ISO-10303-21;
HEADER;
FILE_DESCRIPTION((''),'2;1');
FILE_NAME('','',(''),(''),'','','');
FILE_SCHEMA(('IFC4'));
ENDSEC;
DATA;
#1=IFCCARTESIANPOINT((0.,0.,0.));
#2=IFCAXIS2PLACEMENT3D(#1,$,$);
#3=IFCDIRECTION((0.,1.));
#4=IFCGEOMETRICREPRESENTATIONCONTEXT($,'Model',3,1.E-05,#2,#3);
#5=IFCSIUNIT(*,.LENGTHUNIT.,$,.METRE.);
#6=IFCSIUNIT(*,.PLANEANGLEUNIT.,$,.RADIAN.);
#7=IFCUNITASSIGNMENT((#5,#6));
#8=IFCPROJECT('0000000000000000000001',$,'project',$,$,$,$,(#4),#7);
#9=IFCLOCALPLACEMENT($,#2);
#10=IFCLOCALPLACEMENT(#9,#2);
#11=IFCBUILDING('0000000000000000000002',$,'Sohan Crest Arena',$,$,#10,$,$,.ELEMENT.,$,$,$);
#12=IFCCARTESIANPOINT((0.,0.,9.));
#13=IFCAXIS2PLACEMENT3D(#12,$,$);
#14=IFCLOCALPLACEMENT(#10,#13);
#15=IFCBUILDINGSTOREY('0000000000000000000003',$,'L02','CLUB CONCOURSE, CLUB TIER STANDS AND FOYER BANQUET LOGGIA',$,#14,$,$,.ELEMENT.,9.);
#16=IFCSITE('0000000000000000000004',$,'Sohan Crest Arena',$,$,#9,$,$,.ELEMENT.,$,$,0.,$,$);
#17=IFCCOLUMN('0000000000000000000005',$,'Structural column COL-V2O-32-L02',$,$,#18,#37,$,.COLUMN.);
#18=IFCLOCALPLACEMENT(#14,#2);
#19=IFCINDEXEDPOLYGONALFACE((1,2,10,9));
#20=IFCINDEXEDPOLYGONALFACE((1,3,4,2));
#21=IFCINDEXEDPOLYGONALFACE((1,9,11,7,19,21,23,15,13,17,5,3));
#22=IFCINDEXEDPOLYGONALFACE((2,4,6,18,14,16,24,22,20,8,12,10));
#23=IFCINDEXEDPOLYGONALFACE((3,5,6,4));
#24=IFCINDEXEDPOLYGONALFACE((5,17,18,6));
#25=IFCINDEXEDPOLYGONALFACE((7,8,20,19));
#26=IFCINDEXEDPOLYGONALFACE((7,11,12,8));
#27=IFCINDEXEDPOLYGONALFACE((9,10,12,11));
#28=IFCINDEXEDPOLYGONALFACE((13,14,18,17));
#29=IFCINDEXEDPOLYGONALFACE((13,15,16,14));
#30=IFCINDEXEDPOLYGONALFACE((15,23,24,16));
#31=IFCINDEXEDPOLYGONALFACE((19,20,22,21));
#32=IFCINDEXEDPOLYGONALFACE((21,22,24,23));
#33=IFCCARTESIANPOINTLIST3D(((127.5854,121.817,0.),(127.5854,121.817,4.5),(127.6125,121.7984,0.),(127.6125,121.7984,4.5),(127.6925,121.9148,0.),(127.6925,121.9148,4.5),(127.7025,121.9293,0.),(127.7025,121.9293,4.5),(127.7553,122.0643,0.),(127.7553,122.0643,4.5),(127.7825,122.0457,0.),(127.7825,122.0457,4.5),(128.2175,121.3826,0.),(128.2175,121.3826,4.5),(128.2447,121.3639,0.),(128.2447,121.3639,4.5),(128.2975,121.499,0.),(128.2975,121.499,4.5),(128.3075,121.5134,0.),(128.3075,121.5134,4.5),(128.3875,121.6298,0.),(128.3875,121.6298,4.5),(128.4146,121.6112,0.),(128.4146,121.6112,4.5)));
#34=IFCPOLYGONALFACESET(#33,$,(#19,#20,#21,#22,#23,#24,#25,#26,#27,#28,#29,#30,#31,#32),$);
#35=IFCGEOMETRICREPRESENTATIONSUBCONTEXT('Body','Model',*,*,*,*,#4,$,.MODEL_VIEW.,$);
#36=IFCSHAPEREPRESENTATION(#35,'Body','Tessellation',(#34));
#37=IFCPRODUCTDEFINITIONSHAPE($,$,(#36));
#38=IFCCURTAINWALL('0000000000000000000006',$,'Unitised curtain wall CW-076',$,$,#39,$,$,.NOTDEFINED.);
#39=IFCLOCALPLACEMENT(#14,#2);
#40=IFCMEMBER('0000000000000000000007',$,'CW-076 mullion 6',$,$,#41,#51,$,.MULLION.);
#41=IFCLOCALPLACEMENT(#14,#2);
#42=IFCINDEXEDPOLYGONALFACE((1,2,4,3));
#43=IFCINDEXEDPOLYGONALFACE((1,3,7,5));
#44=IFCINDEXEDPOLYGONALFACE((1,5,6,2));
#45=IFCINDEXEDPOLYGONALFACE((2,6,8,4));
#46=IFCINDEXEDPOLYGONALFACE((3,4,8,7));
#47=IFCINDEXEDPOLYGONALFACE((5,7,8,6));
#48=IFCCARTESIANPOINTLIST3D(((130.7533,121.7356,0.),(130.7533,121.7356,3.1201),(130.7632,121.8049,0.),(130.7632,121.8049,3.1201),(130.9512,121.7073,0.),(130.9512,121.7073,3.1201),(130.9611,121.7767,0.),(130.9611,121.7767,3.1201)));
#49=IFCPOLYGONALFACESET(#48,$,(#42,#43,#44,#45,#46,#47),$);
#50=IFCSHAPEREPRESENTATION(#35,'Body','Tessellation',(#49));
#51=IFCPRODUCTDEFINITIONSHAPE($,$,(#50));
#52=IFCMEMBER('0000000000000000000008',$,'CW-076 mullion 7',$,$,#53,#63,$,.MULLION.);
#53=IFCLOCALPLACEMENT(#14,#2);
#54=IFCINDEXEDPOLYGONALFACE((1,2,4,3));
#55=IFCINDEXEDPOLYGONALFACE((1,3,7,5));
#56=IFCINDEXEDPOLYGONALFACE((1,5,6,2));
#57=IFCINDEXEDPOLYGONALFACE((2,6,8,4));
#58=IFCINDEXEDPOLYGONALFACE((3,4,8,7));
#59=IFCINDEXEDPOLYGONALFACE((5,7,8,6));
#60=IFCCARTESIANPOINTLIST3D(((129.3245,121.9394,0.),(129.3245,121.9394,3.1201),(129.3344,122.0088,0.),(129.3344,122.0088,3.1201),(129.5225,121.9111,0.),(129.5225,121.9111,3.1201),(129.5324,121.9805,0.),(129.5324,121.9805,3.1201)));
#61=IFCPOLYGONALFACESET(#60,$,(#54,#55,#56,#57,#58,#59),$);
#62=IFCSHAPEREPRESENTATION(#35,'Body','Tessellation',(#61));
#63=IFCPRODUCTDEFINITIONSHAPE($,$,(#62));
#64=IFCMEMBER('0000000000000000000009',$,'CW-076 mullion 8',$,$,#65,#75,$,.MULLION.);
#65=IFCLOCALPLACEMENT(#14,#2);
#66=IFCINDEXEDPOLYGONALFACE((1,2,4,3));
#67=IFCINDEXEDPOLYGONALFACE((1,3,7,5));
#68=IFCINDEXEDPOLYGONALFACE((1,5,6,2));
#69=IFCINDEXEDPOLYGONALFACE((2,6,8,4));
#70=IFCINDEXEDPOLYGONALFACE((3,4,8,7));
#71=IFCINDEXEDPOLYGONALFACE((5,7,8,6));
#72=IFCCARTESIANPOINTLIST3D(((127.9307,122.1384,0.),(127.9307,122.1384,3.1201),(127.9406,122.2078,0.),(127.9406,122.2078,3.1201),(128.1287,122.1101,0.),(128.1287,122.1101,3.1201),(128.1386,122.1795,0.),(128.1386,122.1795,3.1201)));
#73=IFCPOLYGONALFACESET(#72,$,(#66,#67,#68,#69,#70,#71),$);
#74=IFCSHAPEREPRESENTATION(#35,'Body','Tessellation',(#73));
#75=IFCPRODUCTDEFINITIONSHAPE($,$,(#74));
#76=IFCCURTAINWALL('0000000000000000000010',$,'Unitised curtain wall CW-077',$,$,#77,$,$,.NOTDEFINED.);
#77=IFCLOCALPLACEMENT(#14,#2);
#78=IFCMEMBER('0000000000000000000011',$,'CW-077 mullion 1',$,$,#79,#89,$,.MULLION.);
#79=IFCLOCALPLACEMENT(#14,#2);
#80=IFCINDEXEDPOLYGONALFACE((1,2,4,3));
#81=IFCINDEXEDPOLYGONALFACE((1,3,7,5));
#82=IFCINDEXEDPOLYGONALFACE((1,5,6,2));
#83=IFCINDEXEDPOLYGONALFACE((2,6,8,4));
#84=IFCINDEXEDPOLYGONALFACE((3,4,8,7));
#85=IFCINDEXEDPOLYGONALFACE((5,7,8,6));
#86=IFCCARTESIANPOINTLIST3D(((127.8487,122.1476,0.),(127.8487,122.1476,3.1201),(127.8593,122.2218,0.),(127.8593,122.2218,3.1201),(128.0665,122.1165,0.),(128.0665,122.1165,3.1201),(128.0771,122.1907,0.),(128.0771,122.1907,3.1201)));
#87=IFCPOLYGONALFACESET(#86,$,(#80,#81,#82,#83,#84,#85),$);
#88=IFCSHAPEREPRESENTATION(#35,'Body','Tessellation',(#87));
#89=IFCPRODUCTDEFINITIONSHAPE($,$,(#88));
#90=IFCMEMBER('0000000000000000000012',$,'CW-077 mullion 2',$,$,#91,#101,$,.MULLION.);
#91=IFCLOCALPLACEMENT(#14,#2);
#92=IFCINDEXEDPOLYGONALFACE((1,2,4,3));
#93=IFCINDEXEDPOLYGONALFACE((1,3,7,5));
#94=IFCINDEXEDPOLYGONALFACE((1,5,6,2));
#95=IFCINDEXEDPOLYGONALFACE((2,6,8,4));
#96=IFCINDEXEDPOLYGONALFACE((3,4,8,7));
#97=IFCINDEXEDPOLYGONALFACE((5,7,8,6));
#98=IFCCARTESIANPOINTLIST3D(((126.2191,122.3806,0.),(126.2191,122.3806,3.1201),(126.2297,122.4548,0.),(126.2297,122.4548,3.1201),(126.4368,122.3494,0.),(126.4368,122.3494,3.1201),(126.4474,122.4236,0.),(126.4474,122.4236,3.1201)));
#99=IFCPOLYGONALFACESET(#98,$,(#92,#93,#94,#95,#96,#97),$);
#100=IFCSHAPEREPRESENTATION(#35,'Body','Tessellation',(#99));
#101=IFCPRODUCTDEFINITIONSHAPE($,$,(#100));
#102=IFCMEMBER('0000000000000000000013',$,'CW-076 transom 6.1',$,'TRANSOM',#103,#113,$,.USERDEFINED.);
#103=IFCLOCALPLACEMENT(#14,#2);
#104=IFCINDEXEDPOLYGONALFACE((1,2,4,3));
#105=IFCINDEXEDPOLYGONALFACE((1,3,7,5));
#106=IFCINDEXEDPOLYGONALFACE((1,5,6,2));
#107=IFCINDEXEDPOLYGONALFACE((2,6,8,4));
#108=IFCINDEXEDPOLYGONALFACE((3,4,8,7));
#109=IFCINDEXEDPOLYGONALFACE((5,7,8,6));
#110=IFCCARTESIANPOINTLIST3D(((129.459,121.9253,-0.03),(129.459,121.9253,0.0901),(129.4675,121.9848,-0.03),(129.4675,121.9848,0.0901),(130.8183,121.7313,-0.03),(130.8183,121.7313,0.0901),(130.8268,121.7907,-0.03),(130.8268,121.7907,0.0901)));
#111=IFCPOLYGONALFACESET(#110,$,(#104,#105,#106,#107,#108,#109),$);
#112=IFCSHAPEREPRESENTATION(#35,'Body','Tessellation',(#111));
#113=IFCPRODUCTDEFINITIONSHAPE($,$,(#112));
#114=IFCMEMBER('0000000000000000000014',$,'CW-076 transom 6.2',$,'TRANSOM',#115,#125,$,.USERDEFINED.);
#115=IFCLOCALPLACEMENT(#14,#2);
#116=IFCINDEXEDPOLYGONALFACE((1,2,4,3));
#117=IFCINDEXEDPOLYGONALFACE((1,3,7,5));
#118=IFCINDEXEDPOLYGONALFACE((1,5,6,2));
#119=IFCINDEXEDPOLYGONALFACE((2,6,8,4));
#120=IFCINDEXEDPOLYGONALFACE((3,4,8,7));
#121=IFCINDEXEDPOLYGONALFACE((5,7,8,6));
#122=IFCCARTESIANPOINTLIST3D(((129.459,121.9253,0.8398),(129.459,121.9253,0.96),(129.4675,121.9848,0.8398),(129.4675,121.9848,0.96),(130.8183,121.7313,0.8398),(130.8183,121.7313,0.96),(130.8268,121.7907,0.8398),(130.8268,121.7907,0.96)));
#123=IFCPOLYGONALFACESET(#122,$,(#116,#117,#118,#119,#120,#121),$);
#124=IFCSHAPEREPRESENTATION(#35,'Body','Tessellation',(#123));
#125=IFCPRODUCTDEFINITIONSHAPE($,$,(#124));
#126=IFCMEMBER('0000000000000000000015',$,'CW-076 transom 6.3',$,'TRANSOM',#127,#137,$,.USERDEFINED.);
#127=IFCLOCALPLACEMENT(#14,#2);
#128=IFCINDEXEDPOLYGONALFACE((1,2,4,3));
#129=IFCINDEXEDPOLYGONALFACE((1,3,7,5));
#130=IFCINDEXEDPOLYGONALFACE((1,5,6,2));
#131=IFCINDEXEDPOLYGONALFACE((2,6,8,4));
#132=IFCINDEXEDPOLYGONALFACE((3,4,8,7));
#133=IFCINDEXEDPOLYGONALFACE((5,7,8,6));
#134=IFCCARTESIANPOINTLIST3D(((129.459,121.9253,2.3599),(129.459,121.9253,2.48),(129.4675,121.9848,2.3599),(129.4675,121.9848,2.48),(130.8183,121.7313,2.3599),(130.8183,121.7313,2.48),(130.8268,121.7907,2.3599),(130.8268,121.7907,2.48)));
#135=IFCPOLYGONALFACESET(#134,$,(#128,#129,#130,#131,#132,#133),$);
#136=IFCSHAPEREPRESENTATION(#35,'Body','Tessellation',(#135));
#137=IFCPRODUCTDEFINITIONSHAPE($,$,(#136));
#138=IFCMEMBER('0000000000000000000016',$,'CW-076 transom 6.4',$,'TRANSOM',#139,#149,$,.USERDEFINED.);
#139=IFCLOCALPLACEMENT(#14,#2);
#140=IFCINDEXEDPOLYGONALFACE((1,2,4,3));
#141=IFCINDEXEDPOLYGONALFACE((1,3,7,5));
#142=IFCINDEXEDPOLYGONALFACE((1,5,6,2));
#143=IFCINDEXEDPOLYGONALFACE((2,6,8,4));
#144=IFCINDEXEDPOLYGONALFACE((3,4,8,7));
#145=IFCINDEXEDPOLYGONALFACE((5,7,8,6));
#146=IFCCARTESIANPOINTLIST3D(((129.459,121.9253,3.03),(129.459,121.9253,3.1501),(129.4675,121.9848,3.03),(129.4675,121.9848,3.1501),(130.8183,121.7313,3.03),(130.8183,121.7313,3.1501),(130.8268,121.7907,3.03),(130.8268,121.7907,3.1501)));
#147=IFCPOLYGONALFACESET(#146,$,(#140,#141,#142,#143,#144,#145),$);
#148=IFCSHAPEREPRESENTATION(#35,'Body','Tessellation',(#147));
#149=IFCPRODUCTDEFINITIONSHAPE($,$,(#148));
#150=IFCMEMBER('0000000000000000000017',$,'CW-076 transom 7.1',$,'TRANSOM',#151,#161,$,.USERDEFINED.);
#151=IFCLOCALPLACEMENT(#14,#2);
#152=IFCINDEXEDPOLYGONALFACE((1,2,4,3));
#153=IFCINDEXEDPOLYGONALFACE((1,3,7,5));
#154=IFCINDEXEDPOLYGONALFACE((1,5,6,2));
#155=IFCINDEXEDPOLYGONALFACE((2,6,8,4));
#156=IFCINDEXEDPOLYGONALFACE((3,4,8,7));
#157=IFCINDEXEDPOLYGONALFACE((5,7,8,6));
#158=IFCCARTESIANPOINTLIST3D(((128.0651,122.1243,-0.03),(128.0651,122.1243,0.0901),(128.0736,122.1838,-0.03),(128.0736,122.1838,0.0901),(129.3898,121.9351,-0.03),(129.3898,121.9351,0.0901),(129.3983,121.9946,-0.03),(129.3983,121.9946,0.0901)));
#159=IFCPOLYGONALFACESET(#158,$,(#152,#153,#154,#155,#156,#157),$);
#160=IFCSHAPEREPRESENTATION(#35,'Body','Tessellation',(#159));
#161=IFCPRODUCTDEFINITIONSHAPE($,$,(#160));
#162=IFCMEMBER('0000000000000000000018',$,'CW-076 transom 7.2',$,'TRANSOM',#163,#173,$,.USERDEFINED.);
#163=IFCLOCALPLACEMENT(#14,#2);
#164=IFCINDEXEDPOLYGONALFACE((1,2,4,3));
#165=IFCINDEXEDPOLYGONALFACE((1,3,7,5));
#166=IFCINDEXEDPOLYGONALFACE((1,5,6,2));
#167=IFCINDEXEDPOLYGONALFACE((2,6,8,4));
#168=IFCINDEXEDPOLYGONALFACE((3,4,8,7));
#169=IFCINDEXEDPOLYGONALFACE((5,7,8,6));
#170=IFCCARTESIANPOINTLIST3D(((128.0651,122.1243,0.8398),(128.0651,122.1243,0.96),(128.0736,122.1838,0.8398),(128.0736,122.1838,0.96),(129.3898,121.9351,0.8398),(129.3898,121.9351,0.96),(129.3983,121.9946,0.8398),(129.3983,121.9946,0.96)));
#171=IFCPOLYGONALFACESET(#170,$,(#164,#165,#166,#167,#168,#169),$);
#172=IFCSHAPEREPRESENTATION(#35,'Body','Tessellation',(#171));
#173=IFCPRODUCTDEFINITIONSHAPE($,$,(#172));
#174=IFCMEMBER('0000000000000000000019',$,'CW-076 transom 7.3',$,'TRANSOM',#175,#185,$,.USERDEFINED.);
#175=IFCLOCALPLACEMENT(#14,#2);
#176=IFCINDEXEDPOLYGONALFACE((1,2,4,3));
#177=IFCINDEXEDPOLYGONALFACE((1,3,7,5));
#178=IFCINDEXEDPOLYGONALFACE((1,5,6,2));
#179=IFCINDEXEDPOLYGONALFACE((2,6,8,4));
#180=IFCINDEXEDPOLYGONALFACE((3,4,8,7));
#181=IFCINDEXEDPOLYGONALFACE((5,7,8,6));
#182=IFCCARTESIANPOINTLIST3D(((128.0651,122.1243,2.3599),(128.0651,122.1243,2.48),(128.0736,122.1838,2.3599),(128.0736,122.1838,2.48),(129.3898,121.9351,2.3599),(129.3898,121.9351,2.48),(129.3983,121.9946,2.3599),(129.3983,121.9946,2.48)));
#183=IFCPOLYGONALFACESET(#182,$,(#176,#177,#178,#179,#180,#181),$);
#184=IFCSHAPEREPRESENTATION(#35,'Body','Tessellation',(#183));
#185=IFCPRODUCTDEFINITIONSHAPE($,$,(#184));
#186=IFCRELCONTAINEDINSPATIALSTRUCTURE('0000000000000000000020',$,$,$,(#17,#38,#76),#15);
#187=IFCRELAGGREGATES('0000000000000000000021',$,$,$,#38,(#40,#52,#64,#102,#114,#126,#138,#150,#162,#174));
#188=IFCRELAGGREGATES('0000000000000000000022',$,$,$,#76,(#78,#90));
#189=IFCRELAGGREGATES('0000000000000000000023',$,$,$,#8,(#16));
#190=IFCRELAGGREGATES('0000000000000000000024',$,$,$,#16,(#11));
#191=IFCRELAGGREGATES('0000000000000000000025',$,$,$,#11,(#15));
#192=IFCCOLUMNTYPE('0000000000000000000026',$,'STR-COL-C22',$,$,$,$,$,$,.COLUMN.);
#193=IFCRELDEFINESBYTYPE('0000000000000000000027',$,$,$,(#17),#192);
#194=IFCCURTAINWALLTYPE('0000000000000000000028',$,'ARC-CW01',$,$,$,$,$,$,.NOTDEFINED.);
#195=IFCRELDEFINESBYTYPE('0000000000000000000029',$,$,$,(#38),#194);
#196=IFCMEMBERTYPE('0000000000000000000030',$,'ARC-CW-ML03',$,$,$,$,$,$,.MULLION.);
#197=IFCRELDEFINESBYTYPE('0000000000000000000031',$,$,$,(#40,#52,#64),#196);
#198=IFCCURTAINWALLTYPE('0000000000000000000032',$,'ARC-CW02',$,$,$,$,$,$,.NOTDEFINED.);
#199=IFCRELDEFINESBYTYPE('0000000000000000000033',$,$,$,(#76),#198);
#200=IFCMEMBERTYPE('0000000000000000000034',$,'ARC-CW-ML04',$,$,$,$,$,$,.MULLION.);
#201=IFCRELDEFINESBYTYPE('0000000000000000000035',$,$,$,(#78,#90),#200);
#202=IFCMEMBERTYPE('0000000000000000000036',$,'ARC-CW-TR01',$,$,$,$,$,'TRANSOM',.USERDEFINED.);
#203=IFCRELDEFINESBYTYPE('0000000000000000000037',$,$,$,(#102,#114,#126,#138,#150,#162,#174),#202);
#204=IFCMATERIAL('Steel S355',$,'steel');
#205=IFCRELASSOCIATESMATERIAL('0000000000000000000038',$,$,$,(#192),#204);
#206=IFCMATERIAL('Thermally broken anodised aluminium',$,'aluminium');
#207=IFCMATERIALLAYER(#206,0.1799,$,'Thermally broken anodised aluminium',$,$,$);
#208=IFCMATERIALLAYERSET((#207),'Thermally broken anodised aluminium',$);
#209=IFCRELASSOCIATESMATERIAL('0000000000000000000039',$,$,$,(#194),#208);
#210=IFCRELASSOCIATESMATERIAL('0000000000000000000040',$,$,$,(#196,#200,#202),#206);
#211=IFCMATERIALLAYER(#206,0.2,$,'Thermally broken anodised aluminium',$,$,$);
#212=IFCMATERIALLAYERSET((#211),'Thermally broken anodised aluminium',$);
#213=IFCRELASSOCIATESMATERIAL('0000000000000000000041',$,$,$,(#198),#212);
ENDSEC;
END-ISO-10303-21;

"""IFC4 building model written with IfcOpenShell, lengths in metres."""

from ifc_helpers import new_model, si_unit, direction, frame, origin, origin_2d, place, context, subcontext, project, spatial, rectangle, i_section, extrude, material, layer, layer_set, material_profile, profile_set, type_object, element, aggregate, save


model = new_model("IFC4")

# Units and contexts
model_context = context("Model", 3, precision=1e-05, world=origin(), true_north=direction((0.0, 1.0)))
body_context = subcontext(model_context, "Body", "Model", "MODEL_VIEW")
ifc_project = project(units=[si_unit("LENGTHUNIT", "METRE"), si_unit("PLANEANGLEUNIT", "RADIAN")], contexts=[model_context])

# Site, building, storey
site_placement = place(None, origin())
site = spatial("IfcSite", under=ifc_project, at=site_placement, Name="Sohan Crest Arena", CompositionType="ELEMENT", RefElevation=0.0)
building_placement = place(site_placement, origin())
building = spatial("IfcBuilding", under=site, at=building_placement, Name="Sohan Crest Arena", CompositionType="ELEMENT")
storey_placement = place(building_placement, frame((0.0, 0.0, 9.0)))
storey = spatial("IfcBuildingStorey", under=building, at=storey_placement, Name="L02", Description="CLUB CONCOURSE, CLUB TIER STANDS AND FOYER BANQUET LOGGIA", CompositionType="ELEMENT", Elevation=9.0)

# Column
ifc_material_1 = material(Name="Steel S355", Category="steel")
ifc_material_profile_1 = material_profile(ifc_material_1, i_section(OverallWidth=0.3, OverallDepth=0.8, WebThickness=0.0176, FlangeThickness=0.033, at=origin_2d()), Name="HEB 800")
ifc_profile_set_1 = profile_set([ifc_material_profile_1], Name="Steel S355")
column_type = type_object("IfcColumnType", Name="STR-COL-C22", PredefinedType="COLUMN", material=ifc_profile_set_1)
column_placement = place(storey_placement, frame((128.0, 121.7141, 0.0), z_axis=(0.0, 0.0, 1.0), x_axis=(0.566406, 0.824126, 0.0)))
element("IfcColumn", 1, at=column_placement, inside=storey, type_object=column_type, Name="Structural column COL-V2O-32-L02", PredefinedType="COLUMN", context=body_context, shape_type="SweptSolid", body=[
    extrude(i_section(OverallWidth=0.3, OverallDepth=0.8, WebThickness=0.0176, FlangeThickness=0.033, at=origin_2d()), origin(), (0.0, 0.0, 1.0), 4.5),
])

# Curtain walls, members
ifc_material_2 = material(Name="Thermally broken anodised aluminium", Category="aluminium")
ifc_layer_1 = layer(ifc_material_2, 0.1799, Name="Thermally broken anodised aluminium")
ifc_layer_set_1 = layer_set([ifc_layer_1], Name="Thermally broken anodised aluminium")
curtain_wall_type_1 = type_object("IfcCurtainWallType", Name="ARC-CW01", PredefinedType="NOTDEFINED", material=ifc_layer_set_1)
curtain_wall_1_placement = place(storey_placement, origin())
curtain_wall_1 = element("IfcCurtainWall", 2, at=curtain_wall_1_placement, inside=storey, type_object=curtain_wall_type_1, Name="Unitised curtain wall CW-076", PredefinedType="NOTDEFINED")
ifc_material_profile_2 = material_profile(ifc_material_2, rectangle(XDim=0.0701, YDim=0.2, at=origin_2d()), Name="ALU-MULL 70x200")
ifc_profile_set_2 = profile_set([ifc_material_profile_2], Name="Thermally broken anodised aluminium")
member_type_1 = type_object("IfcMemberType", Name="ARC-CW-ML03", PredefinedType="MULLION", material=ifc_profile_set_2)
member_1_placement = place(storey_placement, frame((130.8572, 121.7561, 0.0), z_axis=(0.0, 0.0, 1.0), x_axis=(-0.141366, -0.989957, 0.0)))
member_1 = element("IfcMember", 3, at=member_1_placement, type_object=member_type_1, Name="CW-076 mullion 6", PredefinedType="MULLION", context=body_context, shape_type="SweptSolid", body=[
    extrude(rectangle(XDim=0.0701, YDim=0.2, at=origin_2d()), origin(), (0.0, 0.0, 1.0), 3.1201),
])
member_2_placement = place(storey_placement, frame((129.4285, 121.96, 0.0), z_axis=(0.0, 0.0, 1.0), x_axis=(-0.141366, -0.989957, 0.0)))
member_2 = element("IfcMember", 4, at=member_2_placement, type_object=member_type_1, Name="CW-076 mullion 7", PredefinedType="MULLION", context=body_context, shape_type="SweptSolid", body=[
    extrude(rectangle(XDim=0.0701, YDim=0.2, at=origin_2d()), origin(), (0.0, 0.0, 1.0), 3.1201),
])
member_3_placement = place(storey_placement, frame((128.0347, 122.1589, 0.0), z_axis=(0.0, 0.0, 1.0), x_axis=(-0.141366, -0.989957, 0.0)))
member_3 = element("IfcMember", 5, at=member_3_placement, type_object=member_type_1, Name="CW-076 mullion 8", PredefinedType="MULLION", context=body_context, shape_type="SweptSolid", body=[
    extrude(rectangle(XDim=0.0701, YDim=0.2, at=origin_2d()), origin(), (0.0, 0.0, 1.0), 3.1201),
])
ifc_layer_2 = layer(ifc_material_2, 0.2, Name="Thermally broken anodised aluminium")
ifc_layer_set_2 = layer_set([ifc_layer_2], Name="Thermally broken anodised aluminium")
curtain_wall_type_2 = type_object("IfcCurtainWallType", Name="ARC-CW02", PredefinedType="NOTDEFINED", material=ifc_layer_set_2)
curtain_wall_2_placement = place(storey_placement, origin())
curtain_wall_2 = element("IfcCurtainWall", 6, at=curtain_wall_2_placement, inside=storey, type_object=curtain_wall_type_2, Name="Unitised curtain wall CW-077", PredefinedType="NOTDEFINED")
ifc_material_profile_3 = material_profile(ifc_material_2, rectangle(XDim=0.075, YDim=0.22, at=origin_2d()), Name="ALU-MULL 75x220")
ifc_profile_set_3 = profile_set([ifc_material_profile_3], Name="Thermally broken anodised aluminium")
member_type_2 = type_object("IfcMemberType", Name="ARC-CW-ML04", PredefinedType="MULLION", material=ifc_profile_set_3)
member_4_placement = place(storey_placement, frame((127.9629, 122.1692, 0.0), z_axis=(0.0, 0.0, 1.0), x_axis=(-0.141463, -0.989944, 0.0)))
member_4 = element("IfcMember", 7, at=member_4_placement, type_object=member_type_2, Name="CW-077 mullion 1", PredefinedType="MULLION", context=body_context, shape_type="SweptSolid", body=[
    extrude(rectangle(XDim=0.075, YDim=0.22, at=origin_2d()), origin(), (0.0, 0.0, 1.0), 3.1201),
])
member_5_placement = place(storey_placement, frame((126.3333, 122.4021, 0.0), z_axis=(0.0, 0.0, 1.0), x_axis=(-0.141463, -0.989944, 0.0)))
member_5 = element("IfcMember", 8, at=member_5_placement, type_object=member_type_2, Name="CW-077 mullion 2", PredefinedType="MULLION", context=body_context, shape_type="SweptSolid", body=[
    extrude(rectangle(XDim=0.075, YDim=0.22, at=origin_2d()), origin(), (0.0, 0.0, 1.0), 3.1201),
])

# Members
ifc_material_profile_4 = material_profile(ifc_material_2, rectangle(XDim=0.0601, YDim=0.1201, at=origin_2d()), Name="ALU-TRAN 60x120")
ifc_profile_set_4 = profile_set([ifc_material_profile_4], Name="Thermally broken anodised aluminium")
member_type_3 = type_object("IfcMemberType", Name="ARC-CW-TR01", ElementType="TRANSOM", PredefinedType="USERDEFINED", material=ifc_profile_set_4)
member_6_placement = place(storey_placement, frame((130.8225, 121.761, 0.03), z_axis=(-0.98996, 0.141347, 0.0), x_axis=(-0.141347, -0.98996, 0.0)))
member_6 = element("IfcMember", 9, at=member_6_placement, type_object=member_type_3, Name="CW-076 transom 6.1", ObjectType="TRANSOM", PredefinedType="USERDEFINED", context=body_context, shape_type="SweptSolid", body=[
    extrude(rectangle(XDim=0.0601, YDim=0.1201, at=origin_2d()), origin(), (0.0, 0.0, 1.0), 1.373),
])
member_7_placement = place(storey_placement, frame((130.8225, 121.761, 0.8999), z_axis=(-0.98996, 0.141347, 0.0), x_axis=(-0.141347, -0.98996, 0.0)))
member_7 = element("IfcMember", 10, at=member_7_placement, type_object=member_type_3, Name="CW-076 transom 6.2", ObjectType="TRANSOM", PredefinedType="USERDEFINED", context=body_context, shape_type="SweptSolid", body=[
    extrude(rectangle(XDim=0.0601, YDim=0.1201, at=origin_2d()), origin(), (0.0, 0.0, 1.0), 1.373),
])
member_8_placement = place(storey_placement, frame((130.8225, 121.761, 2.4199), z_axis=(-0.98996, 0.141347, 0.0), x_axis=(-0.141347, -0.98996, 0.0)))
member_8 = element("IfcMember", 11, at=member_8_placement, type_object=member_type_3, Name="CW-076 transom 6.3", ObjectType="TRANSOM", PredefinedType="USERDEFINED", context=body_context, shape_type="SweptSolid", body=[
    extrude(rectangle(XDim=0.0601, YDim=0.1201, at=origin_2d()), origin(), (0.0, 0.0, 1.0), 1.373),
])
member_9_placement = place(storey_placement, frame((130.8225, 121.761, 3.0901), z_axis=(-0.98996, 0.141347, 0.0), x_axis=(-0.141347, -0.98996, 0.0)))
member_9 = element("IfcMember", 12, at=member_9_placement, type_object=member_type_3, Name="CW-076 transom 6.4", ObjectType="TRANSOM", PredefinedType="USERDEFINED", context=body_context, shape_type="SweptSolid", body=[
    extrude(rectangle(XDim=0.0601, YDim=0.1201, at=origin_2d()), origin(), (0.0, 0.0, 1.0), 1.373),
])
member_10_placement = place(storey_placement, frame((129.394, 121.9648, 0.03), z_axis=(-0.989953, 0.141396, 0.0), x_axis=(-0.141396, -0.989953, 0.0)))
member_10 = element("IfcMember", 13, at=member_10_placement, type_object=member_type_3, Name="CW-076 transom 7.1", ObjectType="TRANSOM", PredefinedType="USERDEFINED", context=body_context, shape_type="SweptSolid", body=[
    extrude(rectangle(XDim=0.0601, YDim=0.1201, at=origin_2d()), origin(), (0.0, 0.0, 1.0), 1.3381),
])
member_11_placement = place(storey_placement, frame((129.394, 121.9648, 0.8999), z_axis=(-0.989953, 0.141396, 0.0), x_axis=(-0.141396, -0.989953, 0.0)))
member_11 = element("IfcMember", 14, at=member_11_placement, type_object=member_type_3, Name="CW-076 transom 7.2", ObjectType="TRANSOM", PredefinedType="USERDEFINED", context=body_context, shape_type="SweptSolid", body=[
    extrude(rectangle(XDim=0.0601, YDim=0.1201, at=origin_2d()), origin(), (0.0, 0.0, 1.0), 1.3381),
])
member_12_placement = place(storey_placement, frame((129.394, 121.9648, 2.4199), z_axis=(-0.989953, 0.141396, 0.0), x_axis=(-0.141396, -0.989953, 0.0)))
member_12 = element("IfcMember", 15, at=member_12_placement, type_object=member_type_3, Name="CW-076 transom 7.3", ObjectType="TRANSOM", PredefinedType="USERDEFINED", context=body_context, shape_type="SweptSolid", body=[
    extrude(rectangle(XDim=0.0601, YDim=0.1201, at=origin_2d()), origin(), (0.0, 0.0, 1.0), 1.3381),
])

aggregate(curtain_wall_1, [member_1, member_2, member_3, member_6, member_7, member_8, member_9, member_10, member_11, member_12])
aggregate(curtain_wall_2, [member_4, member_5])

save(model, "model.ifc")
